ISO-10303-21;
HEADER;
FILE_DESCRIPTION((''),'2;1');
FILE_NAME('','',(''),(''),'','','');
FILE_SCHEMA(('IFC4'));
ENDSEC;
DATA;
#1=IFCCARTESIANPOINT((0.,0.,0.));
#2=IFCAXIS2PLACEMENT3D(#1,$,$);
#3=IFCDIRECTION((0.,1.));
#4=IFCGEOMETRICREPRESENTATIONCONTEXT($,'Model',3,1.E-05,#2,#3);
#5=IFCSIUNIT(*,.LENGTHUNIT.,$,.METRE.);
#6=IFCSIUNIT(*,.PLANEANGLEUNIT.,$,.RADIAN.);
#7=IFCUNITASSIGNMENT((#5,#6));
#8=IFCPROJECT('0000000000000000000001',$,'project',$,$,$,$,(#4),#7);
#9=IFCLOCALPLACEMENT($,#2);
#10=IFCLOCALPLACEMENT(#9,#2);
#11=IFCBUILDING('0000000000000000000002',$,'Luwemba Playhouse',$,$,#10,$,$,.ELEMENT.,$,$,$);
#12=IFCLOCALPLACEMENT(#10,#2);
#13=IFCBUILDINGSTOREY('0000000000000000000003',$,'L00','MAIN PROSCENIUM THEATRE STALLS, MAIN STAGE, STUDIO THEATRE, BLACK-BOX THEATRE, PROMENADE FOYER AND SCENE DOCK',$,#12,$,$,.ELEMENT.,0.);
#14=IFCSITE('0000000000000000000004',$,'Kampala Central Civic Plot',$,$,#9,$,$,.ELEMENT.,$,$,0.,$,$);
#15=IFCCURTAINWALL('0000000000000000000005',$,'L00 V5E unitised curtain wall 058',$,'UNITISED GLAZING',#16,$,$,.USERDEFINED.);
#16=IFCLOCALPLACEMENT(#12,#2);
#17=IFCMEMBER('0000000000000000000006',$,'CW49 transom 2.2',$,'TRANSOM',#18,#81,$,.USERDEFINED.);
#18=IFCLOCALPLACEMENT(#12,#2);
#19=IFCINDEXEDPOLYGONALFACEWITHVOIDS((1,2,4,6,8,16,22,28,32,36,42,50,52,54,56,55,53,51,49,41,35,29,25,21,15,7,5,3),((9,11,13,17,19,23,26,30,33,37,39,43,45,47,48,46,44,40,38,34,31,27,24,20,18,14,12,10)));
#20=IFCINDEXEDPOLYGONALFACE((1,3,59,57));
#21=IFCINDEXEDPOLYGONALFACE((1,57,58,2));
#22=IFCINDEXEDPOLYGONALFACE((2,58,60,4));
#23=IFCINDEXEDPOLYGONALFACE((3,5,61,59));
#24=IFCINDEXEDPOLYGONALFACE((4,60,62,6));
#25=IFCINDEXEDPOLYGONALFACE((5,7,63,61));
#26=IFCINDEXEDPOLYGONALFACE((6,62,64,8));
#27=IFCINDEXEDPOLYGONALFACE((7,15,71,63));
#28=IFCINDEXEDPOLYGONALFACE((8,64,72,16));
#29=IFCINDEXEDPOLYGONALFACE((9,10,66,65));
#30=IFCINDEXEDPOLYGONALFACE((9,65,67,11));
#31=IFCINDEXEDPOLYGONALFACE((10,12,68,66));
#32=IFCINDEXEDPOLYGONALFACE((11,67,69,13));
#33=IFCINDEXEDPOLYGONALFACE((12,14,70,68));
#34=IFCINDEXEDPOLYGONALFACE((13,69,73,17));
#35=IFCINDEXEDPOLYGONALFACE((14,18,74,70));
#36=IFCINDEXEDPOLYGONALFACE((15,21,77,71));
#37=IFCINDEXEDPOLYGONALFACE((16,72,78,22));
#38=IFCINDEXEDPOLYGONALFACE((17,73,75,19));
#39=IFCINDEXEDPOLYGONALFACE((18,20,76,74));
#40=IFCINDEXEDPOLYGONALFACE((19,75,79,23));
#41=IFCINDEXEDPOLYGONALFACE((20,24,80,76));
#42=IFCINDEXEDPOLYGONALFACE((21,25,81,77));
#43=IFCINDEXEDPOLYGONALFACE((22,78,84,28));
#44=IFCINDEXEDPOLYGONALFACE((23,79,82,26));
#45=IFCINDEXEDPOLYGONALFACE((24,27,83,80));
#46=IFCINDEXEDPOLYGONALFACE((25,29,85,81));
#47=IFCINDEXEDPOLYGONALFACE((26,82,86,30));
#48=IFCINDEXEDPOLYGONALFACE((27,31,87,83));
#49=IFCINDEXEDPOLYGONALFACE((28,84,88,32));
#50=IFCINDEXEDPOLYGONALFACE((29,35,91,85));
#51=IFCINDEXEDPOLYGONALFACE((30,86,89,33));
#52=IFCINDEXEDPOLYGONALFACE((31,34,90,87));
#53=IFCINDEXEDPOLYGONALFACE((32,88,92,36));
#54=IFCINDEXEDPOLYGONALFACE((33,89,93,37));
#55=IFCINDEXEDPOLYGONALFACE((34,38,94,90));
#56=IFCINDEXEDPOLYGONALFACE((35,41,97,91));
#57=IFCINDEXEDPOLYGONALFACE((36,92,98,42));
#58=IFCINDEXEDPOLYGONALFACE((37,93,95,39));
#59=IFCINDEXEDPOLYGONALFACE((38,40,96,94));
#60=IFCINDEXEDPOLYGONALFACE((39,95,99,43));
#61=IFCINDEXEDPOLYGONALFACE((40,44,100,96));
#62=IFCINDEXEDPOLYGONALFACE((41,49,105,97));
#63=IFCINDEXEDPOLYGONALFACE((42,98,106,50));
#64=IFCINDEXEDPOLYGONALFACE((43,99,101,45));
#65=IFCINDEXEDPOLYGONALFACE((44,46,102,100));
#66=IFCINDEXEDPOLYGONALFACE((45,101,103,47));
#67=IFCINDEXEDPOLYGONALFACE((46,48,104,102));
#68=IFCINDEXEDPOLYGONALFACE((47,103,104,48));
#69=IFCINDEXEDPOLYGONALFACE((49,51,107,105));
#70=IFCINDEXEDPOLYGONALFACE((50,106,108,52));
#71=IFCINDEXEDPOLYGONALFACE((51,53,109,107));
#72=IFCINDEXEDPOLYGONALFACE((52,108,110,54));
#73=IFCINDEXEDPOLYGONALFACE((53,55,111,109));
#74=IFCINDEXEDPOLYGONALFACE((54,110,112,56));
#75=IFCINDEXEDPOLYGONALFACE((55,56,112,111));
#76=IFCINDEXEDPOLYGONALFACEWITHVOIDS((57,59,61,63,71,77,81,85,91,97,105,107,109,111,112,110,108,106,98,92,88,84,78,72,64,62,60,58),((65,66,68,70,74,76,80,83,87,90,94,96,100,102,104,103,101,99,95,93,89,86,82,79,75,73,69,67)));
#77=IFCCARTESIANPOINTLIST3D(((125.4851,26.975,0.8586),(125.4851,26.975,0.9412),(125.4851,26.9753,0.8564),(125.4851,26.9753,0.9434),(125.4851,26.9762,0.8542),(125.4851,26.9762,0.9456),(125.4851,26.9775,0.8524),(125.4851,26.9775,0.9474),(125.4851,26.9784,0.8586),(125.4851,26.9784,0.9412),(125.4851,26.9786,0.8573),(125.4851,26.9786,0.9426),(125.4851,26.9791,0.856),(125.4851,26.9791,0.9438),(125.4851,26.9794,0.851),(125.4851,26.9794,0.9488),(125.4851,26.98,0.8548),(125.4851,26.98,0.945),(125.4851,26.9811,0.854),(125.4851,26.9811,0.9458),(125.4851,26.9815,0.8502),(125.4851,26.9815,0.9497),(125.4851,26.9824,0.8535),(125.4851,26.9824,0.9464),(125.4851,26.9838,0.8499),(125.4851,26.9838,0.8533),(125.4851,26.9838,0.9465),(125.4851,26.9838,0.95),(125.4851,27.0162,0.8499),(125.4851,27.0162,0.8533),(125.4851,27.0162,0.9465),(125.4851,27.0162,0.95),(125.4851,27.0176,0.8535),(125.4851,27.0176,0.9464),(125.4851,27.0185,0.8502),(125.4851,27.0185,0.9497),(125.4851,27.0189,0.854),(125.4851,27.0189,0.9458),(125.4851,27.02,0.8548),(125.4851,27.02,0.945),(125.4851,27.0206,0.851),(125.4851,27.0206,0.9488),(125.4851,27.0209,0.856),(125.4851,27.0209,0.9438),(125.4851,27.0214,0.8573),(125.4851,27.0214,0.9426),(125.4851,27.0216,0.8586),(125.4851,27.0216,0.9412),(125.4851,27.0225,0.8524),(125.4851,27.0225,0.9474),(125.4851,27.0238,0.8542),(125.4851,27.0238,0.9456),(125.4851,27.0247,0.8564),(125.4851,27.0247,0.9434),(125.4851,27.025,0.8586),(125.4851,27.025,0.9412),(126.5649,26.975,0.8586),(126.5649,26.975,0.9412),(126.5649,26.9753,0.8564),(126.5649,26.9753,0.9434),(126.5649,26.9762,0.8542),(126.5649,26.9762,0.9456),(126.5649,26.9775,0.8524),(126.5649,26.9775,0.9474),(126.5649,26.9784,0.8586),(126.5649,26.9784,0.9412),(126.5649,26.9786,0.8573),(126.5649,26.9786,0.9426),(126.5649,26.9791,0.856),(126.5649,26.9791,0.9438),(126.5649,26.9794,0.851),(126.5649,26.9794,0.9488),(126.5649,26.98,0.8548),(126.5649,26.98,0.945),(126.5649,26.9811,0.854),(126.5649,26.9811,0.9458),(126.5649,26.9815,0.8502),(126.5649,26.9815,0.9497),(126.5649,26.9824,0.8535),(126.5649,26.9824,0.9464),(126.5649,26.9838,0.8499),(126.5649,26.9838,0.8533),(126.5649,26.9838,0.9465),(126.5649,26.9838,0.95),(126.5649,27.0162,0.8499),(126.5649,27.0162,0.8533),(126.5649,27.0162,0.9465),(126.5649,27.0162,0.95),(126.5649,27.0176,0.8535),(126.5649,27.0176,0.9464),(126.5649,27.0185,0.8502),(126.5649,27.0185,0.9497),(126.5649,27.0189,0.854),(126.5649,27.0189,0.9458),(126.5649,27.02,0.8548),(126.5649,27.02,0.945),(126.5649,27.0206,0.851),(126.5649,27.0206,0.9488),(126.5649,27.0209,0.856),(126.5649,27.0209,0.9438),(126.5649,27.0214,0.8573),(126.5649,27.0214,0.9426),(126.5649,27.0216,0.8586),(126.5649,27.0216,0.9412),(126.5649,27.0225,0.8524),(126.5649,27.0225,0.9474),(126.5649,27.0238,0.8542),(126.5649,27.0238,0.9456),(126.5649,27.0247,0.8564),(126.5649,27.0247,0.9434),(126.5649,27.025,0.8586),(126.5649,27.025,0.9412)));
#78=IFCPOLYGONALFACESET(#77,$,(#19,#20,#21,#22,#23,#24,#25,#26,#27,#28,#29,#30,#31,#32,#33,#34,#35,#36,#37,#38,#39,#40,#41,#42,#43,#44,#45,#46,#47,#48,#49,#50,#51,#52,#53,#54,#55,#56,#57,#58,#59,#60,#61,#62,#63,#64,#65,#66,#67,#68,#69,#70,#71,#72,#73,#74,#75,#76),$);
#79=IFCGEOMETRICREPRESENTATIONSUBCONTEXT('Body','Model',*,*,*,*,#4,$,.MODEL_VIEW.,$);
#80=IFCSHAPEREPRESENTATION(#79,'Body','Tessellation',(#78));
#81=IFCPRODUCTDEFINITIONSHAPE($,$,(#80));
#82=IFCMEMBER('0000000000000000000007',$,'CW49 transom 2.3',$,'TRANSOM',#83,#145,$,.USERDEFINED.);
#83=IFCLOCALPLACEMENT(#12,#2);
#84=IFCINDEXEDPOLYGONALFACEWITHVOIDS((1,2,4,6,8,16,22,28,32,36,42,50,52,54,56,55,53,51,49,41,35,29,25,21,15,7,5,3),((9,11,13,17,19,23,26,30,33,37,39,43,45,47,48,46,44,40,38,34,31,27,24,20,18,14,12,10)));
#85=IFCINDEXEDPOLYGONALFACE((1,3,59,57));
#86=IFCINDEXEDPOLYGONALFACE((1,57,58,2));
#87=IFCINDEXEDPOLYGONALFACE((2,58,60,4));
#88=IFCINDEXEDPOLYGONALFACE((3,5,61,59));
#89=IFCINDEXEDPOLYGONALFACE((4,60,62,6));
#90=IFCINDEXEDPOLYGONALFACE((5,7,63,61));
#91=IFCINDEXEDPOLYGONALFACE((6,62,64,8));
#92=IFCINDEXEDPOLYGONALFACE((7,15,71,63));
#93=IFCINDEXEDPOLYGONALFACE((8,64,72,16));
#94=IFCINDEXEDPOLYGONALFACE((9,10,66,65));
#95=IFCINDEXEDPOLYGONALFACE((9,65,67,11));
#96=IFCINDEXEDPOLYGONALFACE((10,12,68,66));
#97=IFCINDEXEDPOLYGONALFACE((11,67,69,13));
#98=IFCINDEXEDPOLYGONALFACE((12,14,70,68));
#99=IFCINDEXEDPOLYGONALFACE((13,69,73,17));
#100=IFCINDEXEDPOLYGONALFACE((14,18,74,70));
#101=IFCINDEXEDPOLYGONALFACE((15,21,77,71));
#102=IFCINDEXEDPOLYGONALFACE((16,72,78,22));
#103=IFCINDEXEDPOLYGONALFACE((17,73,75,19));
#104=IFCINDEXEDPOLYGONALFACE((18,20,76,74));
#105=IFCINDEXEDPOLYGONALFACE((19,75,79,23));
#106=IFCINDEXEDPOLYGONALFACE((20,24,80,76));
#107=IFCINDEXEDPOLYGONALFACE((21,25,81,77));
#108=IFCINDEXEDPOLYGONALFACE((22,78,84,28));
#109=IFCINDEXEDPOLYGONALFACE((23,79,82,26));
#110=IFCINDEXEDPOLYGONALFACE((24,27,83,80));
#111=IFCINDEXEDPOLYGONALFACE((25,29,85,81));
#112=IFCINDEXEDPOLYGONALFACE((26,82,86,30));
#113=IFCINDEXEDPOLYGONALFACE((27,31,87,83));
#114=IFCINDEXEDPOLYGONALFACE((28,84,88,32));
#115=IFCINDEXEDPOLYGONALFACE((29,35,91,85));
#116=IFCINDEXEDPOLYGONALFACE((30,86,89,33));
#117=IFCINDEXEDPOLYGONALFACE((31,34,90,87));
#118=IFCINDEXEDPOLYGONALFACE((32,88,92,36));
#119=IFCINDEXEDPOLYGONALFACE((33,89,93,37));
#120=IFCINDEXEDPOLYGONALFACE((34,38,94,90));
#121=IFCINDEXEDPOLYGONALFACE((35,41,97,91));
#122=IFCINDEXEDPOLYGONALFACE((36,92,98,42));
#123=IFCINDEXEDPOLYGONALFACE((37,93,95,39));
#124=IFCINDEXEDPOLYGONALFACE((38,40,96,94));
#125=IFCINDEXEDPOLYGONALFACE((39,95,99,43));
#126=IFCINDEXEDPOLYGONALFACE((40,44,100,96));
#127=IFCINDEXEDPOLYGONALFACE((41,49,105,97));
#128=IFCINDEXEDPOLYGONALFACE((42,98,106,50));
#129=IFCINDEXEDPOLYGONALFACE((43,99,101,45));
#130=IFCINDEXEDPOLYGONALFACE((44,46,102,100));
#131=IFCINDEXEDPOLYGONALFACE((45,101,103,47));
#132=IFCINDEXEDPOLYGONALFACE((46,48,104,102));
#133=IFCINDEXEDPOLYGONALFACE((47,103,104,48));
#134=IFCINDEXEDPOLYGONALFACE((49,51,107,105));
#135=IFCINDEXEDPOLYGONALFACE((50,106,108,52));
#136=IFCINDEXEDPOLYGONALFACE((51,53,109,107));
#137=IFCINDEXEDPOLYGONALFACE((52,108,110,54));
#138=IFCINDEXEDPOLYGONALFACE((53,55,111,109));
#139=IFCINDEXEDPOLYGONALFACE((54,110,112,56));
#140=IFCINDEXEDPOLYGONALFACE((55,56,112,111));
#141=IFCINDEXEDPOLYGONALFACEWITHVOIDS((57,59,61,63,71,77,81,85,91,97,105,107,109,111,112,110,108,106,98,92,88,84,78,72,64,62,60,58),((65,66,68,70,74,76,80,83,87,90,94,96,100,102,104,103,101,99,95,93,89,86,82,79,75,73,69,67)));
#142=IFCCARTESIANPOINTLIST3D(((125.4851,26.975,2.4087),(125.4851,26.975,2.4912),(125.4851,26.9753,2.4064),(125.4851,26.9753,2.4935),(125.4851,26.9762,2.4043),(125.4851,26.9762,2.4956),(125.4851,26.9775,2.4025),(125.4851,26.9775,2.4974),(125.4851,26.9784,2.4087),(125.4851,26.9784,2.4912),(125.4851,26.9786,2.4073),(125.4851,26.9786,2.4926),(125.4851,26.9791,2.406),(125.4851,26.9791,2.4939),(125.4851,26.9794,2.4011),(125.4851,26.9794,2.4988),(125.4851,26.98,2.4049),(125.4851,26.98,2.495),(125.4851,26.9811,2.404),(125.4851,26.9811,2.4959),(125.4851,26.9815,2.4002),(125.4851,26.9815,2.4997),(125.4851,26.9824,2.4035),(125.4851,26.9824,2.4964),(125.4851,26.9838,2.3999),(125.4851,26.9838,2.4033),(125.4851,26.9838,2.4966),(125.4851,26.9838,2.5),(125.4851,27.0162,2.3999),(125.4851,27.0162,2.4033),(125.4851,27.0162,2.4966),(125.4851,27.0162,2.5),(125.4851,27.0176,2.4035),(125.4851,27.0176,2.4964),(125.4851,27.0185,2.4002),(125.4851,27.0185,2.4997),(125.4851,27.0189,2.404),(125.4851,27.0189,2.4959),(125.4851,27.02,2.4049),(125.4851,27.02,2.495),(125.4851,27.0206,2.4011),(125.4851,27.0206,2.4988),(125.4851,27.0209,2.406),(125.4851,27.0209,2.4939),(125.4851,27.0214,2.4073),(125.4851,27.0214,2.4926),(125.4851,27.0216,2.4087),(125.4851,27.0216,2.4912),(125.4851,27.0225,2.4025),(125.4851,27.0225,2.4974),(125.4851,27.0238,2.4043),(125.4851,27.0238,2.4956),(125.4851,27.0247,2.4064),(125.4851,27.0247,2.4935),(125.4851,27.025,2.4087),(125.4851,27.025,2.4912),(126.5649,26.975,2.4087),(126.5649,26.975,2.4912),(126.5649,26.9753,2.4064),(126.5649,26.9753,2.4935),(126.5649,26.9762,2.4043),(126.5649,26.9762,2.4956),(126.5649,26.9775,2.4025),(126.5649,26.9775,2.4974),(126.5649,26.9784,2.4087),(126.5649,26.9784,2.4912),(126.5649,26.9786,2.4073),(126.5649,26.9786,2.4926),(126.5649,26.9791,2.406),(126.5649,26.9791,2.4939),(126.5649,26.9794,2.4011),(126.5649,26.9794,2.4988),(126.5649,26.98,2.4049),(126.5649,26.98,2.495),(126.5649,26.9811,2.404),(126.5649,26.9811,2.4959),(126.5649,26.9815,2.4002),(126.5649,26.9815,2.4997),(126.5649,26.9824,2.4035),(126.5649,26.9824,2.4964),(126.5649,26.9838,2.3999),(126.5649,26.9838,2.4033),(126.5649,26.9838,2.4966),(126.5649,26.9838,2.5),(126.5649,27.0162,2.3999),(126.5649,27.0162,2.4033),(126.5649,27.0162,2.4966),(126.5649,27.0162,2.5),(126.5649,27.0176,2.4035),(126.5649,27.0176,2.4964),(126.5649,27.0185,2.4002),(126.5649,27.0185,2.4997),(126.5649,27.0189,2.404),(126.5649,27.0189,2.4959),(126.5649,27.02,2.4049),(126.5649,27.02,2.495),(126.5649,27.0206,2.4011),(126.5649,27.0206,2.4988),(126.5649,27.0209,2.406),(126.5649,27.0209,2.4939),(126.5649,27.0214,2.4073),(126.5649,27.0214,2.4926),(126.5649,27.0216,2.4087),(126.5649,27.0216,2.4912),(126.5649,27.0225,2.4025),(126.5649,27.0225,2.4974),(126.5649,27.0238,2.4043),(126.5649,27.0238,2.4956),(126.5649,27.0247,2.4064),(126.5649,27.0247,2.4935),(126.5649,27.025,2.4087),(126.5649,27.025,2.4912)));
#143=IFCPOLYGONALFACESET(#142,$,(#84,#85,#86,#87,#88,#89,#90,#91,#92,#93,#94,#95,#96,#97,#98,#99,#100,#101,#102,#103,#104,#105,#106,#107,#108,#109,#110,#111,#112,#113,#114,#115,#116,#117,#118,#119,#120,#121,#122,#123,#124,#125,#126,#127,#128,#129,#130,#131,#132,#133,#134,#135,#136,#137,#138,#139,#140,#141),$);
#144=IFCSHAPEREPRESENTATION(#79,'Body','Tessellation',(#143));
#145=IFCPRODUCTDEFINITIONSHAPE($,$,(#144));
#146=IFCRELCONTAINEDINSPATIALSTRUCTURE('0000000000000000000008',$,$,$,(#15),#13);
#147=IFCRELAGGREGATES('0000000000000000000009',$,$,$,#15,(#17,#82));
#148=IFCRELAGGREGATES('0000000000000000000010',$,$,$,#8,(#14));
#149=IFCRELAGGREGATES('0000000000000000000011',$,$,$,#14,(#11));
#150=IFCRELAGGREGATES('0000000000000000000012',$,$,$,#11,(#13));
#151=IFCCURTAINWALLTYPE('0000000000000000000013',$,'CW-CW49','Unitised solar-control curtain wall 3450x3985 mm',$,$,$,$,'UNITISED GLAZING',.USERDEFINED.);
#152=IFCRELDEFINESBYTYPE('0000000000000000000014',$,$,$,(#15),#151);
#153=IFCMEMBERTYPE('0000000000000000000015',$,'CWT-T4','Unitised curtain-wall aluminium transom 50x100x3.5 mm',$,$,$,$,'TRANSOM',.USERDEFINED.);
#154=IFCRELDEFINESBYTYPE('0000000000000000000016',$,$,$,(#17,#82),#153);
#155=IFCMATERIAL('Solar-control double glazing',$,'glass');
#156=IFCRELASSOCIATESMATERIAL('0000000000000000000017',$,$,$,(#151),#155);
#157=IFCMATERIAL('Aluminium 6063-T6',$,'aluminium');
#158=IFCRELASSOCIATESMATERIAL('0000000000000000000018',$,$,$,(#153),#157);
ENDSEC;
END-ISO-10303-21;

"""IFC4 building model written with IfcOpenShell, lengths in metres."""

from ifc_helpers import new_model, si_unit, direction, frame, origin, origin_2d, place, context, subcontext, project, spatial, hollow_rectangle, extrude, material, material_profile, profile_set, type_object, element, aggregate, save


model = new_model("IFC4")

# Units and contexts
model_context = context("Model", 3, precision=1e-05, world=origin(), true_north=direction((0.0, 1.0)))
body_context = subcontext(model_context, "Body", "Model", "MODEL_VIEW")
ifc_project = project(units=[si_unit("LENGTHUNIT", "METRE"), si_unit("PLANEANGLEUNIT", "RADIAN")], contexts=[model_context])

# Site, building, storey
site_placement = place(None, origin())
site = spatial("IfcSite", under=ifc_project, at=site_placement, Name="Kampala Central Civic Plot", CompositionType="ELEMENT", RefElevation=0.0)
building_placement = place(site_placement, origin())
building = spatial("IfcBuilding", under=site, at=building_placement, Name="Luwemba Playhouse", CompositionType="ELEMENT")
storey_placement = place(building_placement, origin())
storey = spatial("IfcBuildingStorey", under=building, at=storey_placement, Name="L00", Description="MAIN PROSCENIUM THEATRE STALLS, MAIN STAGE, STUDIO THEATRE, BLACK-BOX THEATRE, PROMENADE FOYER AND SCENE DOCK", CompositionType="ELEMENT", Elevation=0.0)

# Curtain wall, members
ifc_material_1 = material(Name="Solar-control double glazing", Category="glass")
curtain_wall_type = type_object("IfcCurtainWallType", Name="CW-CW49", Description="Unitised solar-control curtain wall 3450x3985 mm", ElementType="UNITISED GLAZING", PredefinedType="USERDEFINED", material=ifc_material_1)
curtain_wall_placement = place(storey_placement, origin())
curtain_wall = element("IfcCurtainWall", 1, at=curtain_wall_placement, inside=storey, type_object=curtain_wall_type, Name="L00 V5E unitised curtain wall 058", ObjectType="UNITISED GLAZING", PredefinedType="USERDEFINED")
ifc_material_2 = material(Name="Aluminium 6063-T6", Category="aluminium")
ifc_material_profile_1 = material_profile(ifc_material_2, hollow_rectangle(XDim=0.05, YDim=0.1001, WallThickness=0.0034, InnerFilletRadius=0.0054, OuterFilletRadius=0.0088, at=origin_2d()))
ifc_profile_set_1 = profile_set([ifc_material_profile_1], Name="Aluminium 6063-T6")
member_type_1 = type_object("IfcMemberType", Name="CWT-T4", Description="Unitised curtain-wall aluminium transom 50x100x3.5 mm", ElementType="TRANSOM", PredefinedType="USERDEFINED", material=ifc_profile_set_1)
member_1_placement = place(storey_placement, frame((125.4851, 27.0, 0.8999), z_axis=(1.0, 0.0, 0.0), x_axis=(0.0, 1.0, 0.0)))
member_1 = element("IfcMember", 2, at=member_1_placement, type_object=member_type_1, Name="CW49 transom 2.2", ObjectType="TRANSOM", PredefinedType="USERDEFINED", context=body_context, shape_type="SweptSolid", body=[
    extrude(hollow_rectangle(XDim=0.05, YDim=0.1001, WallThickness=0.0034, InnerFilletRadius=0.0054, OuterFilletRadius=0.0088, at=origin_2d()), origin(), (0.0, 0.0, 1.0), 1.0798),
])
member_2_placement = place(storey_placement, frame((125.4851, 27.0, 2.45), z_axis=(1.0, 0.0, 0.0), x_axis=(0.0, 1.0, 0.0)))
member_2 = element("IfcMember", 3, at=member_2_placement, type_object=member_type_1, Name="CW49 transom 2.3", ObjectType="TRANSOM", PredefinedType="USERDEFINED", context=body_context, shape_type="SweptSolid", body=[
    extrude(hollow_rectangle(XDim=0.05, YDim=0.1001, WallThickness=0.0034, InnerFilletRadius=0.0054, OuterFilletRadius=0.0088, at=origin_2d()), origin(), (0.0, 0.0, 1.0), 1.0798),
])
aggregate(curtain_wall, [member_1, member_2])

save(model, "model.ifc")
